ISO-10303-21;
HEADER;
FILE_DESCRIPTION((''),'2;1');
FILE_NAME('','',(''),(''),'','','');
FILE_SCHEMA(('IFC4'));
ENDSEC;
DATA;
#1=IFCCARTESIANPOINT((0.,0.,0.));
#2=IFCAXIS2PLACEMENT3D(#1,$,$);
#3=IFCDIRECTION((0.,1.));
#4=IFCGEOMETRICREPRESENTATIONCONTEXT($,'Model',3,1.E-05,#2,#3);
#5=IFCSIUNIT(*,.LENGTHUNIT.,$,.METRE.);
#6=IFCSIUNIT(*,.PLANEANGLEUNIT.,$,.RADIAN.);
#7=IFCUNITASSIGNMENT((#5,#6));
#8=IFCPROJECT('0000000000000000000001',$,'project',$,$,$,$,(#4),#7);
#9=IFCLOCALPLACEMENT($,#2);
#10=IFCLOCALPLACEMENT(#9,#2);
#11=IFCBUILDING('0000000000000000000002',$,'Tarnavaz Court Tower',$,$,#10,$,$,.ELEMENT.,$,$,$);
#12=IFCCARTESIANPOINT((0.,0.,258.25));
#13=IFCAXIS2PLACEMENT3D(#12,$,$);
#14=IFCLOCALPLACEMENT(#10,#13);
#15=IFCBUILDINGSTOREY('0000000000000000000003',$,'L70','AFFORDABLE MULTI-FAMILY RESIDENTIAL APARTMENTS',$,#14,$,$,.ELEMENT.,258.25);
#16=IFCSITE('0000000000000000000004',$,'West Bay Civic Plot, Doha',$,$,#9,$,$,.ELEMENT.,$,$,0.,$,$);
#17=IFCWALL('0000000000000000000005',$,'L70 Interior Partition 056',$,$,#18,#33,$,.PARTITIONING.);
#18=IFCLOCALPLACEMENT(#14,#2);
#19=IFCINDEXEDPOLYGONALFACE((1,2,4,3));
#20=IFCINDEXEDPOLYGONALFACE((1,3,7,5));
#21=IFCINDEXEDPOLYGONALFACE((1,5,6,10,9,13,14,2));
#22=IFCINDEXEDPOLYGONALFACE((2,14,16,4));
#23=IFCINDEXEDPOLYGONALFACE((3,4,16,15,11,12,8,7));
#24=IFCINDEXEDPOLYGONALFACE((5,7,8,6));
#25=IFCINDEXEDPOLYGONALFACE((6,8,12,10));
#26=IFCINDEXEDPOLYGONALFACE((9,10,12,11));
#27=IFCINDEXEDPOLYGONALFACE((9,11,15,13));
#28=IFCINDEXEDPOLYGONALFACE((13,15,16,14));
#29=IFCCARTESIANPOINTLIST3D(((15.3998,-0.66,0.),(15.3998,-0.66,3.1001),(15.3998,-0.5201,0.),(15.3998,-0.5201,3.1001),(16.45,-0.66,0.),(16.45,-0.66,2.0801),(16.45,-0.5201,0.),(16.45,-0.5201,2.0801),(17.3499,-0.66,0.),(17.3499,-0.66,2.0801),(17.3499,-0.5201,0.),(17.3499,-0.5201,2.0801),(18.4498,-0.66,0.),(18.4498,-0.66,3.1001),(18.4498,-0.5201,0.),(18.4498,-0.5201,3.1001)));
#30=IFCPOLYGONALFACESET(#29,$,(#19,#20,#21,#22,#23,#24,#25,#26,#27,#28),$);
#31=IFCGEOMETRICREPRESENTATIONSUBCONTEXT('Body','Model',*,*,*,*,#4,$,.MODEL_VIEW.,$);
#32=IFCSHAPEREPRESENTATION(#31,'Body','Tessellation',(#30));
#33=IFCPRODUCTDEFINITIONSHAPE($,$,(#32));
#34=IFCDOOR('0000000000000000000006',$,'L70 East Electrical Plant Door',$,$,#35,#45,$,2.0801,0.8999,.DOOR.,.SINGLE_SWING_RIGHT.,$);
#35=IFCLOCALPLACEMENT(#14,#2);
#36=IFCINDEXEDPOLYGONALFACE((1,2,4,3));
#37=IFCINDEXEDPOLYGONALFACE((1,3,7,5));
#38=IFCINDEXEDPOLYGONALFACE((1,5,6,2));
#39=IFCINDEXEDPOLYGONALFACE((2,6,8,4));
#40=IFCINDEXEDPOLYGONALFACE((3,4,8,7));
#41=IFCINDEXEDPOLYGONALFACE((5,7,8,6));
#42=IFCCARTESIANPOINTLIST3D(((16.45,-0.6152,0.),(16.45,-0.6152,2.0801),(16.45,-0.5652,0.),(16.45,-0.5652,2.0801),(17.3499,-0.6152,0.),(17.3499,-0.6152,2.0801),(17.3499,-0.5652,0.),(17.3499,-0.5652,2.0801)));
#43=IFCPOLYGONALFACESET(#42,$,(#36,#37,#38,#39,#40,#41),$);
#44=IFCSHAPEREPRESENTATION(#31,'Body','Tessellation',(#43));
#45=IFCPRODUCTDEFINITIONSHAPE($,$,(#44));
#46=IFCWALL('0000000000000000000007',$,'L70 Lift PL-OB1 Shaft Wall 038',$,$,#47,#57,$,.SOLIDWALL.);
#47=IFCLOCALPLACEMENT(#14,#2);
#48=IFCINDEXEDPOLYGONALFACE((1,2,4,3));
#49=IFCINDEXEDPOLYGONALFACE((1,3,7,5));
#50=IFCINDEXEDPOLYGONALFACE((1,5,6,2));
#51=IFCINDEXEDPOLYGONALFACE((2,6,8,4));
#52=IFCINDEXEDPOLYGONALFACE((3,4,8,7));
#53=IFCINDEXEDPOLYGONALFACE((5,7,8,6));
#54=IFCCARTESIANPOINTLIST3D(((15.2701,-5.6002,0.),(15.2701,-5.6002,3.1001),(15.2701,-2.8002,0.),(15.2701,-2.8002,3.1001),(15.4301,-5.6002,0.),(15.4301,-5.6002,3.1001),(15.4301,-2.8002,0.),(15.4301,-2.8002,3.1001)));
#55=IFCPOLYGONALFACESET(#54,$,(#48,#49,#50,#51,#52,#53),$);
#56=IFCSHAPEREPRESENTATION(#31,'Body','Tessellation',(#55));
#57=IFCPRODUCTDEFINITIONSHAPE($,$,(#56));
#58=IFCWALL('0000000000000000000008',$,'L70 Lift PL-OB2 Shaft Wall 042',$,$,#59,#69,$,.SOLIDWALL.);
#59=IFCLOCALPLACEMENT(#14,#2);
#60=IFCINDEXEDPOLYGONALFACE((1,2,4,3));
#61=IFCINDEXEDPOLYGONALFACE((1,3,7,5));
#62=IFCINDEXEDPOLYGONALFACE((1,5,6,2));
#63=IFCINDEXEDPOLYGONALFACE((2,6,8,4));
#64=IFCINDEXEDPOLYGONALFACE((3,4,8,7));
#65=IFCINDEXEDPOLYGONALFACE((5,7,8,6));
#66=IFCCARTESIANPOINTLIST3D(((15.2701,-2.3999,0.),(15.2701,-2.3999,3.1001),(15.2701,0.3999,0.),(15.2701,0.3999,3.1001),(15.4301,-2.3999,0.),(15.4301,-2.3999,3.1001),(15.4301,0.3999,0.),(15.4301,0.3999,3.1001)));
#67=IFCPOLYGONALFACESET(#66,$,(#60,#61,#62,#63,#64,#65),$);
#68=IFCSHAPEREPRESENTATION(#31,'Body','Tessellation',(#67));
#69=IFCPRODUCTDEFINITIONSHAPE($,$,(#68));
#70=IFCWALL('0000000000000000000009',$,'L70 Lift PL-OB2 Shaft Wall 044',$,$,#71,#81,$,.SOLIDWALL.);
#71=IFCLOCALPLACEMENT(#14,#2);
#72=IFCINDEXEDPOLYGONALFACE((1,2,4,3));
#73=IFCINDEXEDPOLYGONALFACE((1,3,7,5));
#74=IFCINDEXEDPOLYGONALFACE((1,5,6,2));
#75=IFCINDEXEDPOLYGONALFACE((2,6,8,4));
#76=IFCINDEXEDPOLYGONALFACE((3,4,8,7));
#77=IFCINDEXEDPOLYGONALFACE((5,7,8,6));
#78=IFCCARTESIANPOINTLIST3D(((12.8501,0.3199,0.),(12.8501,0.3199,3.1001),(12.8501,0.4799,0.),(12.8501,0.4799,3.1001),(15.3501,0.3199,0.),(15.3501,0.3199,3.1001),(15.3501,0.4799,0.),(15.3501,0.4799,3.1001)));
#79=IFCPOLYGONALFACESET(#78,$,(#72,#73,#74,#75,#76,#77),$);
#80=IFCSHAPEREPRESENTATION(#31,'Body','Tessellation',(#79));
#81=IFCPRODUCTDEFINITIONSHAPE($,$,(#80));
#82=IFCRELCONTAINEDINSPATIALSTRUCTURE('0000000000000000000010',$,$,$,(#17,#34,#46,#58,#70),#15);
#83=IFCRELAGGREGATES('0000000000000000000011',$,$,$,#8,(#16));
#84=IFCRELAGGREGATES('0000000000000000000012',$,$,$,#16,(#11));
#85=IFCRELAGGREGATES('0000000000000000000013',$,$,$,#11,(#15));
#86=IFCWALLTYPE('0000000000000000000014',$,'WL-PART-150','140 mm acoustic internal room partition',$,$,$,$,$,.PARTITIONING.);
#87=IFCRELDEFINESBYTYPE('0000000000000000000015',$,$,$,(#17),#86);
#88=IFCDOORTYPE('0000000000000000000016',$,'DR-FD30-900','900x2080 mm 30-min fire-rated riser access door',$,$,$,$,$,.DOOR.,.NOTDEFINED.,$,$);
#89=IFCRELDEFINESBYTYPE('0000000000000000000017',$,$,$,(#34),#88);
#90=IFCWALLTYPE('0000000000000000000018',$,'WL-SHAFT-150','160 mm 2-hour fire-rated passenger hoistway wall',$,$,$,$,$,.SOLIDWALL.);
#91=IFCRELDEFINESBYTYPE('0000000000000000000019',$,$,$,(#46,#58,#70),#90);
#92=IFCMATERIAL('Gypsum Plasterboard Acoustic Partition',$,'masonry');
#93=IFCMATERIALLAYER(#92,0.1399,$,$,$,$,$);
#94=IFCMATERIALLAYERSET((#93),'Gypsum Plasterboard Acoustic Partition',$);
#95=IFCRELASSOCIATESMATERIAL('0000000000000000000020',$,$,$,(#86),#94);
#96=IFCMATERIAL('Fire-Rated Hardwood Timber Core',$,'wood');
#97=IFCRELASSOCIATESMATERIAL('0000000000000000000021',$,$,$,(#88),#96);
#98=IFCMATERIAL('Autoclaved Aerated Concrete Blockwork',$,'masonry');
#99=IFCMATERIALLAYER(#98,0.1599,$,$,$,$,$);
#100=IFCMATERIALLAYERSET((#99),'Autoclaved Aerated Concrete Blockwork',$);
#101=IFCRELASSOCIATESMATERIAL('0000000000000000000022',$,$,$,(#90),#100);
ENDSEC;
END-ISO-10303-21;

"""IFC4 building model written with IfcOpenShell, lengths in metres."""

from ifc_helpers import new_model, si_unit, direction, frame, frame_2d, origin, place, context, subcontext, project, spatial, rectangle, extrude, material, layer, layer_set, type_object, element, fill, save


model = new_model("IFC4")

# Units and contexts
model_context = context("Model", 3, precision=1e-05, world=origin(), true_north=direction((0.0, 1.0)))
body_context = subcontext(model_context, "Body", "Model", "MODEL_VIEW")
ifc_project = project(units=[si_unit("LENGTHUNIT", "METRE"), si_unit("PLANEANGLEUNIT", "RADIAN")], contexts=[model_context])

# Site, building, storey
site_placement = place(None, origin())
site = spatial("IfcSite", under=ifc_project, at=site_placement, Name="West Bay Civic Plot, Doha", CompositionType="ELEMENT", RefElevation=0.0)
building_placement = place(site_placement, origin())
building = spatial("IfcBuilding", under=site, at=building_placement, Name="Tarnavaz Court Tower", CompositionType="ELEMENT")
storey_placement = place(building_placement, frame((0.0, 0.0, 258.25)))
storey = spatial("IfcBuildingStorey", under=building, at=storey_placement, Name="L70", Description="AFFORDABLE MULTI-FAMILY RESIDENTIAL APARTMENTS", CompositionType="ELEMENT", Elevation=258.25)

# Wall, opening, door
ifc_material_1 = material(Name="Gypsum Plasterboard Acoustic Partition", Category="masonry")
ifc_layer_1 = layer(ifc_material_1, 0.1399)
ifc_layer_set_1 = layer_set([ifc_layer_1], Name="Gypsum Plasterboard Acoustic Partition")
wall_type_1 = type_object("IfcWallType", Name="WL-PART-150", Description="140 mm acoustic internal room partition", PredefinedType="PARTITIONING", material=ifc_layer_set_1)
ifc_material_2 = material(Name="Fire-Rated Hardwood Timber Core", Category="wood")
door_type_1 = type_object("IfcDoorType", Name="DR-FD30-900", Description="900x2080 mm 30-min fire-rated riser access door", OperationType="NOTDEFINED", PredefinedType="DOOR", material=ifc_material_2)
wall_1_placement = place(storey_placement, frame((15.3999, -0.5901, 0.0), z_axis=(0.0, 0.0, 1.0), x_axis=(1.0, 0.0, 0.0)))
wall_1 = element("IfcWall", 1, at=wall_1_placement, inside=storey, type_object=wall_type_1, Name="L70 Interior Partition 056", PredefinedType="PARTITIONING", context=body_context, shape_type="SweptSolid", body=[
    extrude(rectangle(XDim=3.05, YDim=0.1399, at=frame_2d((1.5249, 0.0))), origin(), (0.0, 0.0, 1.0), 3.1001),
])
opening_1_placement = place(wall_1_placement, frame((1.05, 0.0, 0.0)))
opening_1 = element("IfcOpeningElement", 2, at=opening_1_placement, cuts=wall_1, PredefinedType="OPENING", context=body_context, shape_type="SweptSolid", body=[
    extrude(rectangle(XDim=0.8999, YDim=2.0801, at=frame_2d((0.45, 1.04))), frame((0.0, 0.0798, 0.0), z_axis=(0.0, -1.0, 0.0), x_axis=(1.0, 0.0, 0.0)), (0.0, 0.0, 1.0), 0.1599),
])
door_1_placement = place(opening_1_placement, origin())
door_1 = element("IfcDoor", 3, at=door_1_placement, inside=storey, type_object=door_type_1, Name="L70 East Electrical Plant Door", OperationType="SINGLE_SWING_RIGHT", OverallHeight=2.0801, OverallWidth=0.8999, PredefinedType="DOOR", context=body_context, shape_type="SweptSolid", body=[
    extrude(rectangle(XDim=0.8999, YDim=2.0801, at=frame_2d((0.45, 1.04))), frame((0.0, 0.0249, 0.0), z_axis=(0.0, -1.0, 0.0), x_axis=(1.0, 0.0, 0.0)), (0.0, 0.0, 1.0), 0.05),
])
fill(opening_1, door_1)

# Walls
ifc_material_3 = material(Name="Autoclaved Aerated Concrete Blockwork", Category="masonry")
ifc_layer_2 = layer(ifc_material_3, 0.1599)
ifc_layer_set_2 = layer_set([ifc_layer_2], Name="Autoclaved Aerated Concrete Blockwork")
wall_type_2 = type_object("IfcWallType", Name="WL-SHAFT-150", Description="160 mm 2-hour fire-rated passenger hoistway wall", PredefinedType="SOLIDWALL", material=ifc_layer_set_2)
wall_2_placement = place(storey_placement, frame((15.3501, -5.6001, 0.0), z_axis=(0.0, 0.0, 1.0), x_axis=(0.0, 1.0, 0.0)))
element("IfcWall", 4, at=wall_2_placement, inside=storey, type_object=wall_type_2, Name="L70 Lift PL-OB1 Shaft Wall 038", PredefinedType="SOLIDWALL", context=body_context, shape_type="SweptSolid", body=[
    extrude(rectangle(XDim=2.8, YDim=0.1599, at=frame_2d((1.3999, 0.0))), origin(), (0.0, 0.0, 1.0), 3.1001),
])
wall_3_placement = place(storey_placement, frame((15.3501, -2.3999, 0.0), z_axis=(0.0, 0.0, 1.0), x_axis=(0.0, 1.0, 0.0)))
element("IfcWall", 5, at=wall_3_placement, inside=storey, type_object=wall_type_2, Name="L70 Lift PL-OB2 Shaft Wall 042", PredefinedType="SOLIDWALL", context=body_context, shape_type="SweptSolid", body=[
    extrude(rectangle(XDim=2.7998, YDim=0.1599, at=frame_2d((1.3999, 0.0))), origin(), (0.0, 0.0, 1.0), 3.1001),
])
wall_4_placement = place(storey_placement, frame((12.8501, 0.3999, 0.0), z_axis=(0.0, 0.0, 1.0), x_axis=(1.0, 0.0, 0.0)))
element("IfcWall", 6, at=wall_4_placement, inside=storey, type_object=wall_type_2, Name="L70 Lift PL-OB2 Shaft Wall 044", PredefinedType="SOLIDWALL", context=body_context, shape_type="SweptSolid", body=[
    extrude(rectangle(XDim=2.5, YDim=0.1599, at=frame_2d((1.25, 0.0))), origin(), (0.0, 0.0, 1.0), 3.1001),
])

save(model, "model.ifc")
